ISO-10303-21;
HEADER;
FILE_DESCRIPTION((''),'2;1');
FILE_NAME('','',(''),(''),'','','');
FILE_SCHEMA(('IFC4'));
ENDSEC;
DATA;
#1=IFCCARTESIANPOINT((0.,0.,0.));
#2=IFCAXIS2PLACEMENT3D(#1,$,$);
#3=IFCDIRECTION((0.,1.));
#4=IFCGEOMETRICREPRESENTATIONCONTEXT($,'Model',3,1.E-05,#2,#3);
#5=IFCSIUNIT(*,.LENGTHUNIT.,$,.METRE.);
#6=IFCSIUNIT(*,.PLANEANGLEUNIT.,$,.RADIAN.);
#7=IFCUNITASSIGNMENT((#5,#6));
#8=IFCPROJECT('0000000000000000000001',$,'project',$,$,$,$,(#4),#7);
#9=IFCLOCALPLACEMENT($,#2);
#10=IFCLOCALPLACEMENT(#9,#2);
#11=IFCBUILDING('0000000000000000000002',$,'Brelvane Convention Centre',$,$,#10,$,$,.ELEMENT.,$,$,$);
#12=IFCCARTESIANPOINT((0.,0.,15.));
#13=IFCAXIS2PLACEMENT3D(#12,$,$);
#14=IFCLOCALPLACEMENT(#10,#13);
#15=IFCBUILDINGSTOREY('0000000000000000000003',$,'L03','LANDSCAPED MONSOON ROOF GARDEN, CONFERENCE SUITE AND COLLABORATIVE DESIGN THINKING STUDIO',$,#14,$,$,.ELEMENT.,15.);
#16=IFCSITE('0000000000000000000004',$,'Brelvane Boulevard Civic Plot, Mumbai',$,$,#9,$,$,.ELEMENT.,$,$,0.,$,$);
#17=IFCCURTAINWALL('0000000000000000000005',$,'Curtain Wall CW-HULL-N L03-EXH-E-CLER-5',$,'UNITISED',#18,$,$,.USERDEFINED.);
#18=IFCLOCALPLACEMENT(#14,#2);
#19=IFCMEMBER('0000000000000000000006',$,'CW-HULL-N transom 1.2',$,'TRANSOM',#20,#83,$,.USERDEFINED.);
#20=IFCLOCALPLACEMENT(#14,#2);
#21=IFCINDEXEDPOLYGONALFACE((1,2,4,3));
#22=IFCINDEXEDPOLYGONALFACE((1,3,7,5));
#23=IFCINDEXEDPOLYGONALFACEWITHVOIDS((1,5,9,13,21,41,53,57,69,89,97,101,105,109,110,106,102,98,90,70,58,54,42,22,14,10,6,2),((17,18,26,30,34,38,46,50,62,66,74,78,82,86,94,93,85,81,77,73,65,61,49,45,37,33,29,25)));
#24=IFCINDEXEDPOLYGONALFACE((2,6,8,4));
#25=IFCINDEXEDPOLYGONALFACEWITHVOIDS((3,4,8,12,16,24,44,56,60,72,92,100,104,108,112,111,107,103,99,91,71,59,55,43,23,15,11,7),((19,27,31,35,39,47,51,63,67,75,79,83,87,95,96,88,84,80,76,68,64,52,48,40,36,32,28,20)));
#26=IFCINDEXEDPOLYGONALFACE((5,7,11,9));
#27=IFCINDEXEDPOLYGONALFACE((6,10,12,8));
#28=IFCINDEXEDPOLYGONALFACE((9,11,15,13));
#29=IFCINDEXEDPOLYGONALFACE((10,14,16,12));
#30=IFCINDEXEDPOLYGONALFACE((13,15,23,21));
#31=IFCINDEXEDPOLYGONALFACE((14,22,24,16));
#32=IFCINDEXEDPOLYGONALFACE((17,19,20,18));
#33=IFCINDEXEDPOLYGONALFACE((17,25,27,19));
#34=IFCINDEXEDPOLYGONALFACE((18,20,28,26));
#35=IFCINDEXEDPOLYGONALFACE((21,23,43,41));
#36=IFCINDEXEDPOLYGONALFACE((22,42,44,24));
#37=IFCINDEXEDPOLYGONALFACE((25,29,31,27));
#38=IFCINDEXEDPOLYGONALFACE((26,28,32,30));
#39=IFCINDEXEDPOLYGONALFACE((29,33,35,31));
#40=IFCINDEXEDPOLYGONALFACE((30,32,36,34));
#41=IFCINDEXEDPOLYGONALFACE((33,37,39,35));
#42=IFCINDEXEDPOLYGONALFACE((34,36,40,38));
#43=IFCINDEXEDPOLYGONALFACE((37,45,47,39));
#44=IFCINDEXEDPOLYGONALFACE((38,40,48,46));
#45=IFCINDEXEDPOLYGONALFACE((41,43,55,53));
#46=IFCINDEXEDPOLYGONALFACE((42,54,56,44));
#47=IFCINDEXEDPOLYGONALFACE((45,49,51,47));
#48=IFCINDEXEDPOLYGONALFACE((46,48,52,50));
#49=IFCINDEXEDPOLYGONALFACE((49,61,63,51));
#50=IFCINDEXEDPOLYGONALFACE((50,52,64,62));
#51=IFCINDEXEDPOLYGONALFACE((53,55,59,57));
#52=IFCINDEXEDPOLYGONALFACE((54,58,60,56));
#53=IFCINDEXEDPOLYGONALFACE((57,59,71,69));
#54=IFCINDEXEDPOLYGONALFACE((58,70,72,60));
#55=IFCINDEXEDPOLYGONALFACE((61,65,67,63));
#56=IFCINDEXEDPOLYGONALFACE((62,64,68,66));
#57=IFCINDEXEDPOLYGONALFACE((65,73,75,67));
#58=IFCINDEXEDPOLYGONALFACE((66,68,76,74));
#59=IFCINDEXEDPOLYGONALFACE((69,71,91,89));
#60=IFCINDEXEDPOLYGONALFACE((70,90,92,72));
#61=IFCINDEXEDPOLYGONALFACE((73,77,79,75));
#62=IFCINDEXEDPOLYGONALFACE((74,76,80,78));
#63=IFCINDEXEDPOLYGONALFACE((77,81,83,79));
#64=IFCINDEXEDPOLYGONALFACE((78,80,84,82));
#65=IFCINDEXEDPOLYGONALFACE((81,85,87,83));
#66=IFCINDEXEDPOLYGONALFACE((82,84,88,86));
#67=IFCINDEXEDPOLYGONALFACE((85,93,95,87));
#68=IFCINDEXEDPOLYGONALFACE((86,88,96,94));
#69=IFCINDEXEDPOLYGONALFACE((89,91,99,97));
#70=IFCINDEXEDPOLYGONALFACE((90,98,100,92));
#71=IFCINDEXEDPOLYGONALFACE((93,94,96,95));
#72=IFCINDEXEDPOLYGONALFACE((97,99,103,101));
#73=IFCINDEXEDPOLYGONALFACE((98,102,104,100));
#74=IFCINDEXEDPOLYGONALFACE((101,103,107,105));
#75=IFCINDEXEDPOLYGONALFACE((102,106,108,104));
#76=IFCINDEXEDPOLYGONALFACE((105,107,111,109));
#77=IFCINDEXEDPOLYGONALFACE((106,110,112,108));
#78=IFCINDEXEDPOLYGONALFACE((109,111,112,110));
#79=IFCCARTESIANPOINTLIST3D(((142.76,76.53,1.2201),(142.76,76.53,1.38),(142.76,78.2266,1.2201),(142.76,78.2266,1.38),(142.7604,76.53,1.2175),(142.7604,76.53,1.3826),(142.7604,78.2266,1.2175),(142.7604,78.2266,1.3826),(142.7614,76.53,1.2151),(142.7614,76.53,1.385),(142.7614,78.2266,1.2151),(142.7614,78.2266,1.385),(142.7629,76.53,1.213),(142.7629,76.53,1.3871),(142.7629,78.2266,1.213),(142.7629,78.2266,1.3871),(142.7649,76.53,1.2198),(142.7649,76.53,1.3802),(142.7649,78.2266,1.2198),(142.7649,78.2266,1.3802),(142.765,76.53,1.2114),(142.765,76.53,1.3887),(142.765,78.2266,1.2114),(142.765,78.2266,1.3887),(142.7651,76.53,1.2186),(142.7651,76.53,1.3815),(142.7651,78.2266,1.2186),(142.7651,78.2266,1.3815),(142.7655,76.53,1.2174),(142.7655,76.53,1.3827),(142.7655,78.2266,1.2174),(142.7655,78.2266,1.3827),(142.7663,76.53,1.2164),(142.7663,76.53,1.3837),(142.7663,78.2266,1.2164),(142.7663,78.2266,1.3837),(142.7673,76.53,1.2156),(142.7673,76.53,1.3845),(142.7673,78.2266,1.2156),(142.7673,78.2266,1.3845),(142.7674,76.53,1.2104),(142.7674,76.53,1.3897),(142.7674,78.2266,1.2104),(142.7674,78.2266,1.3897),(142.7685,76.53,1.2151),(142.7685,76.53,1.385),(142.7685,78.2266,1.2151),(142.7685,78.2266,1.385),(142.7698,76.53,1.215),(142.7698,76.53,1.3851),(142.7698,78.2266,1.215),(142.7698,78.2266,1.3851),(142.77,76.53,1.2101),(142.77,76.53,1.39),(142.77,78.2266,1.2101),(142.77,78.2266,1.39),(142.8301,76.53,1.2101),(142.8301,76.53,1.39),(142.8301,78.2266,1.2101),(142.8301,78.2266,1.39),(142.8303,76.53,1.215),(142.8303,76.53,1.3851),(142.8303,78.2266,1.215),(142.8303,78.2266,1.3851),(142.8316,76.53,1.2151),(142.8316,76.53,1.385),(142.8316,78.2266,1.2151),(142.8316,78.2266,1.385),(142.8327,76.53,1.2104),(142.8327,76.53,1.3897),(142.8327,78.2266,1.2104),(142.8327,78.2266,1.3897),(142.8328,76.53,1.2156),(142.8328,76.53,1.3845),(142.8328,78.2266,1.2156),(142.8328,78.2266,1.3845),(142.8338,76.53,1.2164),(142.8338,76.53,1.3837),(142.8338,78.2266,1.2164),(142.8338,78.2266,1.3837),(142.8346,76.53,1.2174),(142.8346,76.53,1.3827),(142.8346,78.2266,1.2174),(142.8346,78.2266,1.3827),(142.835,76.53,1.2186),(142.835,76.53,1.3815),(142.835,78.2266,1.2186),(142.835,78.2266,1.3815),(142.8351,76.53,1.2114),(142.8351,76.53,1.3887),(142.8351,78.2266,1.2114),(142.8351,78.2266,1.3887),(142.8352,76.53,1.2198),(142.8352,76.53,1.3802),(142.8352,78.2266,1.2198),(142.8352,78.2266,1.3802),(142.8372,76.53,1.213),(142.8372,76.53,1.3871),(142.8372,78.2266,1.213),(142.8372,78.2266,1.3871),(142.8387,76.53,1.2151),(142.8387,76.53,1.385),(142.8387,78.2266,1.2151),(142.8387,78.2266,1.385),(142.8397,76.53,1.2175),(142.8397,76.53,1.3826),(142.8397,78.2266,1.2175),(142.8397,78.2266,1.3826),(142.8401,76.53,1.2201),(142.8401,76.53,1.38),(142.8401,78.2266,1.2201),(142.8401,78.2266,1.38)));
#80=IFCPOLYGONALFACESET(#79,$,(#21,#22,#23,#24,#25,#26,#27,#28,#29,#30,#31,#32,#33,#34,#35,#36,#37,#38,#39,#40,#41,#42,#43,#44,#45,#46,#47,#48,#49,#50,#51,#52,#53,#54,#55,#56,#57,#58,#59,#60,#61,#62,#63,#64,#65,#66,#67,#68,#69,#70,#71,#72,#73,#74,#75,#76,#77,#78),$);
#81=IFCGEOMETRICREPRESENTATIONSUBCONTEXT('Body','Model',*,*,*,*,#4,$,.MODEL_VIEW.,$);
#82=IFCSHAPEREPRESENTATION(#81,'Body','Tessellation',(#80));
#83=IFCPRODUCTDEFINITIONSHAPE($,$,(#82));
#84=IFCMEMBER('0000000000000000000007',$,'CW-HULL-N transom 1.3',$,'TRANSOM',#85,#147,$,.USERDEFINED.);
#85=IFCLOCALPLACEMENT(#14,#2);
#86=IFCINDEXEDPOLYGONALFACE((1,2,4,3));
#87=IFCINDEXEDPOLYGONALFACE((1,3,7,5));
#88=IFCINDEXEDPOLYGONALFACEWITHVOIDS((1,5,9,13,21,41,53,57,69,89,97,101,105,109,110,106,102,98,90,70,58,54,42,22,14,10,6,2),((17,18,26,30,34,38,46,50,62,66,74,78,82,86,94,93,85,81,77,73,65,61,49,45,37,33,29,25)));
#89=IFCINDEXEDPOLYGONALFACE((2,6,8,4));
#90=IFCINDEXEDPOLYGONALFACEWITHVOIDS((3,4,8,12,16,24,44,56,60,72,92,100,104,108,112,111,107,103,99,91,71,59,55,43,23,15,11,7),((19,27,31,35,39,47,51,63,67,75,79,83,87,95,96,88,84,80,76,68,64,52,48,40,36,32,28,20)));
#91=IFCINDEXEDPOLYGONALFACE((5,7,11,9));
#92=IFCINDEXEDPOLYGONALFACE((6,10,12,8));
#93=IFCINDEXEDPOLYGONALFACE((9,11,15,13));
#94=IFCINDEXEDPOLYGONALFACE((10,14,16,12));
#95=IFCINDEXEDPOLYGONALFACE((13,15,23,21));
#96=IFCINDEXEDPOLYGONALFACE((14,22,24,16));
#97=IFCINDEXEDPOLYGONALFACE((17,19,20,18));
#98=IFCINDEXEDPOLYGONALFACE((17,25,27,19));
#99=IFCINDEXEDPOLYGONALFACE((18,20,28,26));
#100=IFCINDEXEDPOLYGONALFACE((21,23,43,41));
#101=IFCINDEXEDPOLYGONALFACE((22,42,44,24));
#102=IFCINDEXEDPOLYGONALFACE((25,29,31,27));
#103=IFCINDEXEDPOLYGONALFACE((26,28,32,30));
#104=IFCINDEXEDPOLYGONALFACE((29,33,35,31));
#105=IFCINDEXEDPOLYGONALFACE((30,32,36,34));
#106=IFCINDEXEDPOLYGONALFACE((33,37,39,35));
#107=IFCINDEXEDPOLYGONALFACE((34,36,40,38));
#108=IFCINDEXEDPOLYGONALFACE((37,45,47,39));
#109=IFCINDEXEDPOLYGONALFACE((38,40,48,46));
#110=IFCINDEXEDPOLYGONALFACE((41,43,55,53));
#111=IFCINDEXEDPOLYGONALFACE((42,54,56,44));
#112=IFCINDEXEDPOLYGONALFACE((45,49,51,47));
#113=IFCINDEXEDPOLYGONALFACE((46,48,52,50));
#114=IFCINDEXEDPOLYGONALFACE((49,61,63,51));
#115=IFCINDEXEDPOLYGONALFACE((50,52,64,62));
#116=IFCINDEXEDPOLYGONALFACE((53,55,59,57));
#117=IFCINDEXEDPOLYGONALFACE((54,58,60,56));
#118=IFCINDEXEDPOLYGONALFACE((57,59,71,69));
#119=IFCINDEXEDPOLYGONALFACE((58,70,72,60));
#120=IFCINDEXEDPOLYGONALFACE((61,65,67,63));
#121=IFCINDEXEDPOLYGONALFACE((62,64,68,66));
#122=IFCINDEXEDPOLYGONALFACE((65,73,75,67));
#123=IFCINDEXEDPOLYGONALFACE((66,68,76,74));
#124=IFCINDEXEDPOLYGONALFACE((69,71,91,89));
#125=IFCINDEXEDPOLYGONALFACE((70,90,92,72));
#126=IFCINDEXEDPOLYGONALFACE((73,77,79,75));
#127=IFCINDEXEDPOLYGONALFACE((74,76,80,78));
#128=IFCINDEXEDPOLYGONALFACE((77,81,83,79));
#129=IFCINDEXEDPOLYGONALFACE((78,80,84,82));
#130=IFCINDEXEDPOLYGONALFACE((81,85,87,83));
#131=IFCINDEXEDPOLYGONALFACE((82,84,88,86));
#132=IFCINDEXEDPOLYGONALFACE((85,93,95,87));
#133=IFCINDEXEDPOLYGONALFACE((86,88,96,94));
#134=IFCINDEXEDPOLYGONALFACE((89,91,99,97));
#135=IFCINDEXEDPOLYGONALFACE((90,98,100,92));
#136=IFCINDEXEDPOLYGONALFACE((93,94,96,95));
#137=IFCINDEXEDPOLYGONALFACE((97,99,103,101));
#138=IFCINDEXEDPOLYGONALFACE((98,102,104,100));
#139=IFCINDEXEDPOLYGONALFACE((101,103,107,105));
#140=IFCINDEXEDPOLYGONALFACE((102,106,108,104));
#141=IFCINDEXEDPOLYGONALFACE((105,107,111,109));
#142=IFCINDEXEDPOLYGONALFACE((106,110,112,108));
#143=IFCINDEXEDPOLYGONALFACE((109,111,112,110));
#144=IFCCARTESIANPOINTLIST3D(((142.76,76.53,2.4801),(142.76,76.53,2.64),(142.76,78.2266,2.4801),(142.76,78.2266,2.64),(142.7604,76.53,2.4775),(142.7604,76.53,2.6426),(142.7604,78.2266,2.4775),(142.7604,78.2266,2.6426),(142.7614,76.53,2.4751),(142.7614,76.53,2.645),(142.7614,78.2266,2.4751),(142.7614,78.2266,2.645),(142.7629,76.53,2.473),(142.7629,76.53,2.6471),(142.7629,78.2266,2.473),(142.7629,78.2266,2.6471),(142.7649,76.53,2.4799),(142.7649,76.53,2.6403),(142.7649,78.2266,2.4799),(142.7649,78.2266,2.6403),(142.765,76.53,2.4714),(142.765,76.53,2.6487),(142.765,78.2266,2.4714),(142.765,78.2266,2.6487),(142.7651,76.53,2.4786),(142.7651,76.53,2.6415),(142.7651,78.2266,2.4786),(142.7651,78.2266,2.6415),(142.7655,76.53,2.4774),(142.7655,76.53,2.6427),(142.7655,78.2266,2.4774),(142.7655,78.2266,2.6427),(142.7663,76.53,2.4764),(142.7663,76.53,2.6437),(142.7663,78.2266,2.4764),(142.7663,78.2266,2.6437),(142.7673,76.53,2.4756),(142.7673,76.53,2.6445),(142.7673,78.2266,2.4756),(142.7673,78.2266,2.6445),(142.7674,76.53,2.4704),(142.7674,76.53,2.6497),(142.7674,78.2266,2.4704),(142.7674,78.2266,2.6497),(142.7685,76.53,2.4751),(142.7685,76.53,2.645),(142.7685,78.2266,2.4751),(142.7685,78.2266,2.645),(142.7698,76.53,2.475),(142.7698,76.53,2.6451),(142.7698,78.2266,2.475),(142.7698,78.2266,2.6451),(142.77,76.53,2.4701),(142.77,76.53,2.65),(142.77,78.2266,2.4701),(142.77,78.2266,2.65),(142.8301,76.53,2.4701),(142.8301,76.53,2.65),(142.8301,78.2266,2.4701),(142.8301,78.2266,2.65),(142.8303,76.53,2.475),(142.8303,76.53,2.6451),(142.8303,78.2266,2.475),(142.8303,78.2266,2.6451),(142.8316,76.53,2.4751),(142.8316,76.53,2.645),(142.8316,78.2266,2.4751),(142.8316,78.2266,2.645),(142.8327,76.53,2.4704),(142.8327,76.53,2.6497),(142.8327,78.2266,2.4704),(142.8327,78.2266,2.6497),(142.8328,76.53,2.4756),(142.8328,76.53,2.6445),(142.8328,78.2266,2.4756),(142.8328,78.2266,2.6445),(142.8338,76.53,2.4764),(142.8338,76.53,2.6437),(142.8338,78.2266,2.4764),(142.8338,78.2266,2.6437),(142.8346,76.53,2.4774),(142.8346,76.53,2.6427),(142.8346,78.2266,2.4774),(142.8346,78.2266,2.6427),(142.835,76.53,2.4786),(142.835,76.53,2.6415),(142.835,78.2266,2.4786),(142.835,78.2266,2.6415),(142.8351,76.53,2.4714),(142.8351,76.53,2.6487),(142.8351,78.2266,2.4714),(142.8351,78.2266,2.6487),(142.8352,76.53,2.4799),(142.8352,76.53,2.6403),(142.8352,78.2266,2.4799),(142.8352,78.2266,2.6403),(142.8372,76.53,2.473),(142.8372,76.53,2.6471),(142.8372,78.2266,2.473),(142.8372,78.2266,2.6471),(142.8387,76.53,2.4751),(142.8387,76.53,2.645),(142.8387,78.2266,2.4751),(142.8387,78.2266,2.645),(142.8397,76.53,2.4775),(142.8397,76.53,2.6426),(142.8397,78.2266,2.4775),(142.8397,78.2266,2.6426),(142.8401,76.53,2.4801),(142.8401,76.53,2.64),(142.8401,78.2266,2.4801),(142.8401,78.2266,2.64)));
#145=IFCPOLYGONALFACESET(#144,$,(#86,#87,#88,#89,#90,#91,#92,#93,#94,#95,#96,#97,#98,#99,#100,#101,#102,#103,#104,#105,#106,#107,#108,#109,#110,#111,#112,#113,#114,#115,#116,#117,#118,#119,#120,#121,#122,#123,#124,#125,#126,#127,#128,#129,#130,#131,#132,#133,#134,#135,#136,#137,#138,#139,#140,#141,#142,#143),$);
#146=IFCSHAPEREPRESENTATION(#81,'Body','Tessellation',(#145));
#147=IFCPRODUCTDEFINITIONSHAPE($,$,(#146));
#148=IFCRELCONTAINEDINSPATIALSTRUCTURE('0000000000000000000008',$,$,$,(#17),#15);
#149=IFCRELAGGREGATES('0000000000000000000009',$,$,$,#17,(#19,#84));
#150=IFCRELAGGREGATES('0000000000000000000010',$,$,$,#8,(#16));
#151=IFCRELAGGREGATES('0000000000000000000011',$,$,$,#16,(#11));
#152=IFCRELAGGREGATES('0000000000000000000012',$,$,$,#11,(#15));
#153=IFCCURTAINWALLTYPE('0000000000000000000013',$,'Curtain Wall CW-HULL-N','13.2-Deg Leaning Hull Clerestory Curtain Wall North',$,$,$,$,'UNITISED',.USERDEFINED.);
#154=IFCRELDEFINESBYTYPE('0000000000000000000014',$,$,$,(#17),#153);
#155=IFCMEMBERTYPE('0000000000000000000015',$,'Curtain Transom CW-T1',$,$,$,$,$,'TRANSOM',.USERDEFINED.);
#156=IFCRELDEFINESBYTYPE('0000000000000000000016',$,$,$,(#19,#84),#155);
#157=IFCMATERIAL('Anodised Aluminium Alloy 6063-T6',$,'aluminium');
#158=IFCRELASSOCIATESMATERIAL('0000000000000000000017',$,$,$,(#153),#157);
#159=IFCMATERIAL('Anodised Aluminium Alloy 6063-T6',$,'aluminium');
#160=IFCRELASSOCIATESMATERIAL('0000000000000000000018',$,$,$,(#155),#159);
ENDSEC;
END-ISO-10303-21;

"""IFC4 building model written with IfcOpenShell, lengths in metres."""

from ifc_helpers import new_model, si_unit, direction, frame, origin, origin_2d, place, context, subcontext, project, spatial, hollow_rectangle, extrude, material, material_profile, profile_set, type_object, element, aggregate, save


model = new_model("IFC4")

# Units and contexts
model_context = context("Model", 3, precision=1e-05, world=origin(), true_north=direction((0.0, 1.0)))
body_context = subcontext(model_context, "Body", "Model", "MODEL_VIEW")
ifc_project = project(units=[si_unit("LENGTHUNIT", "METRE"), si_unit("PLANEANGLEUNIT", "RADIAN")], contexts=[model_context])

# Site, building, storey
site_placement = place(None, origin())
site = spatial("IfcSite", under=ifc_project, at=site_placement, Name="Brelvane Boulevard Civic Plot, Mumbai", CompositionType="ELEMENT", RefElevation=0.0)
building_placement = place(site_placement, origin())
building = spatial("IfcBuilding", under=site, at=building_placement, Name="Brelvane Convention Centre", CompositionType="ELEMENT")
storey_placement = place(building_placement, frame((0.0, 0.0, 15.0)))
storey = spatial("IfcBuildingStorey", under=building, at=storey_placement, Name="L03", Description="LANDSCAPED MONSOON ROOF GARDEN, CONFERENCE SUITE AND COLLABORATIVE DESIGN THINKING STUDIO", CompositionType="ELEMENT", Elevation=15.0)

# Curtain wall, members
ifc_material_1 = material(Name="Anodised Aluminium Alloy 6063-T6", Category="aluminium")
curtain_wall_type = type_object("IfcCurtainWallType", Name="Curtain Wall CW-HULL-N", Description="13.2-Deg Leaning Hull Clerestory Curtain Wall North", ElementType="UNITISED", PredefinedType="USERDEFINED", material=ifc_material_1)
curtain_wall_placement = place(storey_placement, origin())
curtain_wall = element("IfcCurtainWall", 1, at=curtain_wall_placement, inside=storey, type_object=curtain_wall_type, Name="Curtain Wall CW-HULL-N L03-EXH-E-CLER-5", ObjectType="UNITISED", PredefinedType="USERDEFINED")
ifc_material_2 = material(Name="Anodised Aluminium Alloy 6063-T6", Category="aluminium")
ifc_material_profile_1 = material_profile(ifc_material_2, hollow_rectangle(XDim=0.0801, YDim=0.1799, WallThickness=0.0049, InnerFilletRadius=0.0049, OuterFilletRadius=0.01, at=origin_2d()), Name="ALU-T 180x80x5.0")
ifc_profile_set_1 = profile_set([ifc_material_profile_1], Name="Anodised Aluminium Alloy 6063-T6")
member_type_1 = type_object("IfcMemberType", Name="Curtain Transom CW-T1", ElementType="TRANSOM", PredefinedType="USERDEFINED", material=ifc_profile_set_1)
member_1_placement = place(storey_placement, frame((142.8, 76.53, 1.3), z_axis=(0.0, 1.0, 0.0), x_axis=(-1.0, 0.0, 0.0)))
member_1 = element("IfcMember", 2, at=member_1_placement, type_object=member_type_1, Name="CW-HULL-N transom 1.2", ObjectType="TRANSOM", PredefinedType="USERDEFINED", context=body_context, shape_type="SweptSolid", body=[
    extrude(hollow_rectangle(XDim=0.0801, YDim=0.1799, WallThickness=0.0049, InnerFilletRadius=0.0049, OuterFilletRadius=0.01, at=origin_2d()), origin(), (0.0, 0.0, 1.0), 1.6965),
])
member_2_placement = place(storey_placement, frame((142.8, 76.53, 2.5601), z_axis=(0.0, 1.0, 0.0), x_axis=(-1.0, 0.0, 0.0)))
member_2 = element("IfcMember", 3, at=member_2_placement, type_object=member_type_1, Name="CW-HULL-N transom 1.3", ObjectType="TRANSOM", PredefinedType="USERDEFINED", context=body_context, shape_type="SweptSolid", body=[
    extrude(hollow_rectangle(XDim=0.0801, YDim=0.1799, WallThickness=0.0049, InnerFilletRadius=0.0049, OuterFilletRadius=0.01, at=origin_2d()), origin(), (0.0, 0.0, 1.0), 1.6965),
])

aggregate(curtain_wall, [member_1, member_2])

save(model, "model.ifc")
